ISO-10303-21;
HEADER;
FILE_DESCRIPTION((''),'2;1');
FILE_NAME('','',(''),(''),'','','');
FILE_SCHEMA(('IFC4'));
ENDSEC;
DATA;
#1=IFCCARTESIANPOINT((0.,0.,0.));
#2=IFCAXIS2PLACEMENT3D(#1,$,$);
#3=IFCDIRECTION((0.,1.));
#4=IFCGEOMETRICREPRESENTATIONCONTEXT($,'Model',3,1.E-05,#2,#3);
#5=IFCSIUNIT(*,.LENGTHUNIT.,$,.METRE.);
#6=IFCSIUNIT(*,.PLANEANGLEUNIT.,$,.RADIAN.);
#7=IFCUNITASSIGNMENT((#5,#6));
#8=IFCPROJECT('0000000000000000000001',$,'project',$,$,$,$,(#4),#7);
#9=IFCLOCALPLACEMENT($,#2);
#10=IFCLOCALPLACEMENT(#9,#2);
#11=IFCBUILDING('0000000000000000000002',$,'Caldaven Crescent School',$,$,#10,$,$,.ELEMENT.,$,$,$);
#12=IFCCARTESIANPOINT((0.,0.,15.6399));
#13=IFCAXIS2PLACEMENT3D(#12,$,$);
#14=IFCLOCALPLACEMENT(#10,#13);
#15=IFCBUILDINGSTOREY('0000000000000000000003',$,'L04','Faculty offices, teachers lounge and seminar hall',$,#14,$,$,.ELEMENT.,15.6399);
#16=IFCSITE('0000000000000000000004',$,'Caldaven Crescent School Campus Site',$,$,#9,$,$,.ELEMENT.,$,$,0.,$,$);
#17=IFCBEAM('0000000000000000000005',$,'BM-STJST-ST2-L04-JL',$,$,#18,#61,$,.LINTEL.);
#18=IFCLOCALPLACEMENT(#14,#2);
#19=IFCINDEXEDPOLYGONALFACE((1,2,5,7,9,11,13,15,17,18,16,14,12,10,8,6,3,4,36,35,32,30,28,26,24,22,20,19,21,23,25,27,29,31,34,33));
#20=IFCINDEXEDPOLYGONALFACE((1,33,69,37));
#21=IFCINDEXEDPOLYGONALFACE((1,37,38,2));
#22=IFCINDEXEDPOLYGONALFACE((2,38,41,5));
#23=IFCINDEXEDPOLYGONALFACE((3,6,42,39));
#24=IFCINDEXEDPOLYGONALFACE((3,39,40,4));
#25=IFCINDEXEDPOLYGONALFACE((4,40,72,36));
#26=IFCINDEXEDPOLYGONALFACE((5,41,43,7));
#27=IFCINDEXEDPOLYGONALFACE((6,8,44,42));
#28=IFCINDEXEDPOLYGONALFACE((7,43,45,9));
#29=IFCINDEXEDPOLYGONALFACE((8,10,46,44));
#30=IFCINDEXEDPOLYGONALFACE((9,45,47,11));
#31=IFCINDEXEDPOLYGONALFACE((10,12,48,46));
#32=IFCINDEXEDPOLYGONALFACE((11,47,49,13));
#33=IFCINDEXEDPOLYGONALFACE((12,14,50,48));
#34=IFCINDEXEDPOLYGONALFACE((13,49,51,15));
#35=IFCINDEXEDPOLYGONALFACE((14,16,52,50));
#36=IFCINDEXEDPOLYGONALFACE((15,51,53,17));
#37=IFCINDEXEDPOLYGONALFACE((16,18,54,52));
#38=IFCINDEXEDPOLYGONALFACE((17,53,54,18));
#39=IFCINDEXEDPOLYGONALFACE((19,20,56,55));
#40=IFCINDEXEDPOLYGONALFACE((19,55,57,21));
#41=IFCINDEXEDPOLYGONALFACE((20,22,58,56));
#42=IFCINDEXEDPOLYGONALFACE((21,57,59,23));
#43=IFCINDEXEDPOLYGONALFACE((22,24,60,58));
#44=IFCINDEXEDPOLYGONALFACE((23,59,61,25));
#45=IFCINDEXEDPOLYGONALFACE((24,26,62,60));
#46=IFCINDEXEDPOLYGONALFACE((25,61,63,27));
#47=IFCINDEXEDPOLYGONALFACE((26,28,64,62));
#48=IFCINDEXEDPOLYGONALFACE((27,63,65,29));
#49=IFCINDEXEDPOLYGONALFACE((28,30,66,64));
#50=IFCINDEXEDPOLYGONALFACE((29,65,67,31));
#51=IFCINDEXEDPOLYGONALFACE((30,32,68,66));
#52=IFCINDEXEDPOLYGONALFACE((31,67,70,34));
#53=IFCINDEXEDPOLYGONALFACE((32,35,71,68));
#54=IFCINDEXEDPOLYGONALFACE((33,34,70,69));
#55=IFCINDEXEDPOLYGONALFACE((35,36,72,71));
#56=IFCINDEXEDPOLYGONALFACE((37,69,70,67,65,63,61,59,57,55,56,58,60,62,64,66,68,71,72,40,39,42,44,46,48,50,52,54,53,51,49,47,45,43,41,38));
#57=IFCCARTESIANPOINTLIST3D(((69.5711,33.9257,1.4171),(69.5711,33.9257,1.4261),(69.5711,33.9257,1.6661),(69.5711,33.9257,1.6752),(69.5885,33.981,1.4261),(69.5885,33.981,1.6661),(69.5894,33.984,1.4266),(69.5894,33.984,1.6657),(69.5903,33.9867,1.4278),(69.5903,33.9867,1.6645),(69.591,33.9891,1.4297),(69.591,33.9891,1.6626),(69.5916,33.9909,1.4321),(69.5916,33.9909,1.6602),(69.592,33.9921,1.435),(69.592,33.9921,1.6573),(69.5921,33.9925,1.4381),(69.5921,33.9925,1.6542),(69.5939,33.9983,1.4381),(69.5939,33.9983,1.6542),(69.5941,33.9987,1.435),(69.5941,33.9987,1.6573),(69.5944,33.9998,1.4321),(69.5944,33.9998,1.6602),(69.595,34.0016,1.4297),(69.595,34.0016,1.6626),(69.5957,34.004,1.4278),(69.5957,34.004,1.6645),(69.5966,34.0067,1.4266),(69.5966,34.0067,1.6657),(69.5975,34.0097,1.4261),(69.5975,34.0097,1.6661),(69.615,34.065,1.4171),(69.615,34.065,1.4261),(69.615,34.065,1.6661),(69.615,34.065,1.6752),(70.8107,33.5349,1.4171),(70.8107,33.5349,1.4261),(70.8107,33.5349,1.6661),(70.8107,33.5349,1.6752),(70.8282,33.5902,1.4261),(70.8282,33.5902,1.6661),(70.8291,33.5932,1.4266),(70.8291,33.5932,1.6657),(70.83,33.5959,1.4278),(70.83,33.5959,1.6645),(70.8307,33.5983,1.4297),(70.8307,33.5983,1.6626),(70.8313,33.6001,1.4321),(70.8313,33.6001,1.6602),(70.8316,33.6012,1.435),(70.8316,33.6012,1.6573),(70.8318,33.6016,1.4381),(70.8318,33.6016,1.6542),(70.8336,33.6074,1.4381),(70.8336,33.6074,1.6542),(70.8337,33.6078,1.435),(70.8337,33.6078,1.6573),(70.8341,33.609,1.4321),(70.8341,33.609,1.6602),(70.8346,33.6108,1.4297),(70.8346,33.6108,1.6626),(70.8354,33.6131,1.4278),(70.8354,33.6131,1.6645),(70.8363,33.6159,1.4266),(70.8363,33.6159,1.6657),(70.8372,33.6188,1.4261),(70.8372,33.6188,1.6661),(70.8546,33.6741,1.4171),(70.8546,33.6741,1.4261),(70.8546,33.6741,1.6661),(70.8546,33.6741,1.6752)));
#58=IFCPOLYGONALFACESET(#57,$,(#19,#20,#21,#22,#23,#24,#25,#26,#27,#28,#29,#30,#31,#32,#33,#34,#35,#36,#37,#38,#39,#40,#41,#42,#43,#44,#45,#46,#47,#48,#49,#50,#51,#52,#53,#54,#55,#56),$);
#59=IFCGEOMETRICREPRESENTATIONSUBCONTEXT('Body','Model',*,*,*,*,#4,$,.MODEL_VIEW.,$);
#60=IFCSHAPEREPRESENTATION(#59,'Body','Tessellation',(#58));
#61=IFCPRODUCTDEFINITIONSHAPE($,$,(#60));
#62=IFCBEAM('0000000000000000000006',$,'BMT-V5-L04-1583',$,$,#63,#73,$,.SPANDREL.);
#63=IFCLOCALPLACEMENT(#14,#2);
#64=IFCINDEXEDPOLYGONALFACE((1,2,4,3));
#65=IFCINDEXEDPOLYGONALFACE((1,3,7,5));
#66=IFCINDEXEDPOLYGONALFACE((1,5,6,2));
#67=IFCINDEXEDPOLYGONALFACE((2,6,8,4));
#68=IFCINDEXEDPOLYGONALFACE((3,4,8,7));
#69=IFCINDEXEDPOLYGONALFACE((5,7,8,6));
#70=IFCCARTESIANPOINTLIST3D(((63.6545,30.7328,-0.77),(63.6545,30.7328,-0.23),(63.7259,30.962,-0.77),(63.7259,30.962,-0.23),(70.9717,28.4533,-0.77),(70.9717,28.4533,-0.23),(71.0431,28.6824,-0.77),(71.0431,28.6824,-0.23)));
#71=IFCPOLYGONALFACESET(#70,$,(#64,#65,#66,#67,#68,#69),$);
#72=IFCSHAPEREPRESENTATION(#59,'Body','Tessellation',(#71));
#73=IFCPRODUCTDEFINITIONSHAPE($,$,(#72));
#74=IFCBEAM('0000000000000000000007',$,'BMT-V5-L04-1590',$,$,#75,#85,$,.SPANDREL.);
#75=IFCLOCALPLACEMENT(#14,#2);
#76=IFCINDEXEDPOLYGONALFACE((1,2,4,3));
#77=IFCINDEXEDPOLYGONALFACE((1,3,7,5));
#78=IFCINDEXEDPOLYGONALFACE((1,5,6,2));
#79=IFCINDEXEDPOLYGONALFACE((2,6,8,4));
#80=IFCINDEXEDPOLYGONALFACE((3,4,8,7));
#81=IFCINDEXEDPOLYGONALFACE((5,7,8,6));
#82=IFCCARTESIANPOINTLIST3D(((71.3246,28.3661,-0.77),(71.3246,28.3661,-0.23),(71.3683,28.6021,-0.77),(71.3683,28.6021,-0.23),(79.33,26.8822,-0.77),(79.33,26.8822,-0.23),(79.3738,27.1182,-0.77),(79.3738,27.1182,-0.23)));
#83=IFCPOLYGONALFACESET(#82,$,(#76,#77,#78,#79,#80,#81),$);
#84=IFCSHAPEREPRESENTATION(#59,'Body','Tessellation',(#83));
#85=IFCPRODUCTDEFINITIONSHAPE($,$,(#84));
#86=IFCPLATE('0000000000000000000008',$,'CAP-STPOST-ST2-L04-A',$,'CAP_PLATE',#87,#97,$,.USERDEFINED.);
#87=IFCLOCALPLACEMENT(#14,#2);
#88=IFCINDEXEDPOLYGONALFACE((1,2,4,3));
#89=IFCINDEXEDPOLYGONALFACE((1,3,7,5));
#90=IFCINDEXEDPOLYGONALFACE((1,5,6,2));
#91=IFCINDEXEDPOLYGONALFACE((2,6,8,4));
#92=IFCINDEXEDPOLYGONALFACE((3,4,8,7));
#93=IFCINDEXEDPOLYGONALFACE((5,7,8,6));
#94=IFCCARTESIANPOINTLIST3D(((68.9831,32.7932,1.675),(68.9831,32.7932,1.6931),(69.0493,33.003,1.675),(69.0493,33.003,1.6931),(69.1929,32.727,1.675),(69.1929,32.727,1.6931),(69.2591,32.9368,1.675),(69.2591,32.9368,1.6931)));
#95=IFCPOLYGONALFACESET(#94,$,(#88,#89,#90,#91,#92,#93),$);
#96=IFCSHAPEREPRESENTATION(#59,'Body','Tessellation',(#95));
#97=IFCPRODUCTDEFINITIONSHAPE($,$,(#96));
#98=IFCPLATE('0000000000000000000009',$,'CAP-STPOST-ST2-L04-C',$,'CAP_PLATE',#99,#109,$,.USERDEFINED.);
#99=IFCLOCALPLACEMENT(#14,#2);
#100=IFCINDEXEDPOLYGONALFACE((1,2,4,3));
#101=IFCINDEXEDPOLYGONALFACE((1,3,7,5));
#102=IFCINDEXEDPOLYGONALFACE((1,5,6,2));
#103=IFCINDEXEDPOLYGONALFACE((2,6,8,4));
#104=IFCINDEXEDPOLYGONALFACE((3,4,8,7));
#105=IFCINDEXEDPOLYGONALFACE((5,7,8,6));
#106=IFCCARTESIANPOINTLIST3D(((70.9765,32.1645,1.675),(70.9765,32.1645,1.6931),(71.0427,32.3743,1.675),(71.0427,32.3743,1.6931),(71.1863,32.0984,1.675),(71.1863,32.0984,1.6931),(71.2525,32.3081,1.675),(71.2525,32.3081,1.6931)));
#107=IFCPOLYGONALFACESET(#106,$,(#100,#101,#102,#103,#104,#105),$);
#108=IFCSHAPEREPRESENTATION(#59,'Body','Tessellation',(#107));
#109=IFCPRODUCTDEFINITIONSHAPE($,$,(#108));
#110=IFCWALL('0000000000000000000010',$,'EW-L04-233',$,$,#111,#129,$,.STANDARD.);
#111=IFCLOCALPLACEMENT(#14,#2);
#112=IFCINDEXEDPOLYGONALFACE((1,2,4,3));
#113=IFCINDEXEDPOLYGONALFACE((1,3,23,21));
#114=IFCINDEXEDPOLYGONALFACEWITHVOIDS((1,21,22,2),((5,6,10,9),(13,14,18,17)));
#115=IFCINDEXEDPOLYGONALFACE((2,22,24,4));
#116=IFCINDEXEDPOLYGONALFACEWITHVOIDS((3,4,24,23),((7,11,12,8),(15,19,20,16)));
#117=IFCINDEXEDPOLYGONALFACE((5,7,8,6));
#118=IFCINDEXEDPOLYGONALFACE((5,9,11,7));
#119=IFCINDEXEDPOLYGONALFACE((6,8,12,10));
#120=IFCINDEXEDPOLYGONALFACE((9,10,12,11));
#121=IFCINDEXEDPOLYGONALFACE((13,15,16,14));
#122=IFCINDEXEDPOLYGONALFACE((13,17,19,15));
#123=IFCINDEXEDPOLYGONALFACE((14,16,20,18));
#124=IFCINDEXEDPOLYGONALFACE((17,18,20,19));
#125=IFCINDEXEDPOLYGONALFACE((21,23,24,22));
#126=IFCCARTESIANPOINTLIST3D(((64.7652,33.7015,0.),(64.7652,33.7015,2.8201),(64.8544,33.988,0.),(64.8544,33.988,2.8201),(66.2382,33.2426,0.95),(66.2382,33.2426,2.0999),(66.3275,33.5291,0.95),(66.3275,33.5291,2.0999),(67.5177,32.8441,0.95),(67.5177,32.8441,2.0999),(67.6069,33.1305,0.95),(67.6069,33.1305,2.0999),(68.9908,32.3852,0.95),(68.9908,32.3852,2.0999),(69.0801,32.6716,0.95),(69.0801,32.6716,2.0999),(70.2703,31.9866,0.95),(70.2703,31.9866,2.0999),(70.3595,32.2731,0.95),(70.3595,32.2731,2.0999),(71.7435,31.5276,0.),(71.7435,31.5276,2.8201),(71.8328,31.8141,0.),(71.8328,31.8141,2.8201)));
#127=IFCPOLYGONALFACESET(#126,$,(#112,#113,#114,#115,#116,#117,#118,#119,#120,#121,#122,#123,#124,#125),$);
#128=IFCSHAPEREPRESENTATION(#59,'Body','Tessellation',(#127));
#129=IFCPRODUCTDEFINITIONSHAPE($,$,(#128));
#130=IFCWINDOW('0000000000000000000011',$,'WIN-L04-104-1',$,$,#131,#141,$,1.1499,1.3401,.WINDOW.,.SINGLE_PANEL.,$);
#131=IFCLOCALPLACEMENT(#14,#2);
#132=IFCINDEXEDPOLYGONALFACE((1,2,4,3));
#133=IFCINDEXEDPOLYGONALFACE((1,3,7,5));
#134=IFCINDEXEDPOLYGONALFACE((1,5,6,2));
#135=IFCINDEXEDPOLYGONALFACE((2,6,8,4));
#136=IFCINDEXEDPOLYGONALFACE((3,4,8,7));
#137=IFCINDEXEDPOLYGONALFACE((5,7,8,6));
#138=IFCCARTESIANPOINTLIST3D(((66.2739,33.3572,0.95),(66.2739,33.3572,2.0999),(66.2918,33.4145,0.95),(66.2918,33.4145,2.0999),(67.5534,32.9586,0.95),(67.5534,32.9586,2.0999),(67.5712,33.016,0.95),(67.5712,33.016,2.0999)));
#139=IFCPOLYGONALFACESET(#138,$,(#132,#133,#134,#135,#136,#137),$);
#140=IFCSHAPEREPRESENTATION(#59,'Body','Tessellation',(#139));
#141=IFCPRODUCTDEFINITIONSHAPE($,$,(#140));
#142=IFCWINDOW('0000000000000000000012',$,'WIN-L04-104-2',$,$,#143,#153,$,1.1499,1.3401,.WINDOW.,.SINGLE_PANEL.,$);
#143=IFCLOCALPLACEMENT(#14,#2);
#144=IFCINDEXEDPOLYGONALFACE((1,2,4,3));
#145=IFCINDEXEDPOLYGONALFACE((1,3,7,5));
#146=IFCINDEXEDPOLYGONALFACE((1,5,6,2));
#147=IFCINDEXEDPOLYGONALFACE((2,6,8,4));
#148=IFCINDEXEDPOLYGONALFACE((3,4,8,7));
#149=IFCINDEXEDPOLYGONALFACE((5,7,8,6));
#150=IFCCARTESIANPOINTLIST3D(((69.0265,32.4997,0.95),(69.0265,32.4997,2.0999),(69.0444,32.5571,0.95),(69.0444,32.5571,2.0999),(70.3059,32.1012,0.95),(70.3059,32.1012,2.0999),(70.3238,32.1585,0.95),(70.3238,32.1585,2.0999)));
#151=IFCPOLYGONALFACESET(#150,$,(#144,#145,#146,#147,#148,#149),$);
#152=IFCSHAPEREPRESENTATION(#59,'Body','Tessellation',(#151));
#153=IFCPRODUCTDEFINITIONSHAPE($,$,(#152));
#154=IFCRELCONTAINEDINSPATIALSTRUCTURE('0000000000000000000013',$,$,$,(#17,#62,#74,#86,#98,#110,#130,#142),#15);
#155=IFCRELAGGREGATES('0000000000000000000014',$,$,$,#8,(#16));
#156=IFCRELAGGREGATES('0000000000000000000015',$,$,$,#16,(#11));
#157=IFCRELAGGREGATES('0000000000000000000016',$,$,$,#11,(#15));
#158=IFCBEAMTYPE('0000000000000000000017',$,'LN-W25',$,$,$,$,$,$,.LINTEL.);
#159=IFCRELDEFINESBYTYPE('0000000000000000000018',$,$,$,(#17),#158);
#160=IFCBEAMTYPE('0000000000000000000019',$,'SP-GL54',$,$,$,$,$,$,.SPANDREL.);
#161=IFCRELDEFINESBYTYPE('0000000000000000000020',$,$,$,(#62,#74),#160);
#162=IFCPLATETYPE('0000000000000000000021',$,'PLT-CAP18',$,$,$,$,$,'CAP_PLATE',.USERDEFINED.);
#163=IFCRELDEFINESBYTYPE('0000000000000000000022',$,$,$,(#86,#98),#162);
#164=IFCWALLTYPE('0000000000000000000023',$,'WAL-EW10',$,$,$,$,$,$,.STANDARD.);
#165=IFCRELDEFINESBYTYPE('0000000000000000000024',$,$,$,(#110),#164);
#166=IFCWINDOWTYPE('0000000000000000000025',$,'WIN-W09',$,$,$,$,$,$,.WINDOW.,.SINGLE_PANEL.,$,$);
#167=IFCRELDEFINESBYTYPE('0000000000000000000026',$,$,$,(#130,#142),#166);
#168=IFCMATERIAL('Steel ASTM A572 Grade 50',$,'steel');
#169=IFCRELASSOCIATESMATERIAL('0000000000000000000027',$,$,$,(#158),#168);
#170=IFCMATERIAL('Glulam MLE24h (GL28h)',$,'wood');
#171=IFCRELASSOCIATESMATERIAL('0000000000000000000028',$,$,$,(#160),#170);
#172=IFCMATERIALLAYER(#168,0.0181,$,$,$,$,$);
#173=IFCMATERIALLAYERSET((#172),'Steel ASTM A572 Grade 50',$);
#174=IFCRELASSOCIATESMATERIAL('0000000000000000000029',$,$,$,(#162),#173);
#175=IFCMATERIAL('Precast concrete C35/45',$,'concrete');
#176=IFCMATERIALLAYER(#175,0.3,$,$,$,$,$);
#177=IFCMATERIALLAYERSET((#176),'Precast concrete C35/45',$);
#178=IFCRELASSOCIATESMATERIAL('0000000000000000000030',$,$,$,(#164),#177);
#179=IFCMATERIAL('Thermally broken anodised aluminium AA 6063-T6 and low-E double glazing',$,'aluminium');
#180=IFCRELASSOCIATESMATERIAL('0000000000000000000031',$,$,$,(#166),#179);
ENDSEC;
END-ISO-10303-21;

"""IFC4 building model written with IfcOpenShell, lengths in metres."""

from ifc_helpers import new_model, si_unit, direction, frame, frame_2d, origin, origin_2d, place, context, subcontext, project, spatial, rectangle, i_section, extrude, material, layer, layer_set, material_profile, profile_set, type_object, element, fill, save


model = new_model("IFC4")

# Units and contexts
model_context = context("Model", 3, precision=1e-05, world=origin(), true_north=direction((0.0, 1.0)))
body_context = subcontext(model_context, "Body", "Model", "MODEL_VIEW")
ifc_project = project(units=[si_unit("LENGTHUNIT", "METRE"), si_unit("PLANEANGLEUNIT", "RADIAN")], contexts=[model_context])

# Site, building, storey
site_placement = place(None, origin())
site = spatial("IfcSite", under=ifc_project, at=site_placement, Name="Caldaven Crescent School Campus Site", CompositionType="ELEMENT", RefElevation=0.0)
building_placement = place(site_placement, origin())
building = spatial("IfcBuilding", under=site, at=building_placement, Name="Caldaven Crescent School", CompositionType="ELEMENT")
storey_placement = place(building_placement, frame((0.0, 0.0, 15.6399)))
storey = spatial("IfcBuildingStorey", under=building, at=storey_placement, Name="L04", Description="Faculty offices, teachers lounge and seminar hall", CompositionType="ELEMENT", Elevation=15.6399)

# Shared definitions
ifc_material_1 = material(Name="Glulam MLE24h (GL28h)", Category="wood")
ifc_material_2 = material(Name="Steel ASTM A572 Grade 50", Category="steel")

# Beams
ifc_material_profile_1 = material_profile(ifc_material_2, i_section(OverallWidth=0.146, OverallDepth=0.2581, WebThickness=0.0061, FlangeThickness=0.009, FilletRadius=0.012, at=origin_2d()), Name="W250x33")
ifc_profile_set_1 = profile_set([ifc_material_profile_1], Name="Steel ASTM A572 Grade 50")
beam_type_1 = type_object("IfcBeamType", Name="LN-W25", PredefinedType="LINTEL", material=ifc_profile_set_1)
beam_1_placement = place(storey_placement, frame((69.593, 33.9954, 1.5461), z_axis=(0.953722, -0.300691, 0.0), x_axis=(0.300691, 0.953722, 0.0)))
element("IfcBeam", 1, at=beam_1_placement, inside=storey, type_object=beam_type_1, Name="BM-STJST-ST2-L04-JL", PredefinedType="LINTEL", context=body_context, shape_type="SweptSolid", body=[
    extrude(i_section(OverallWidth=0.146, OverallDepth=0.2581, WebThickness=0.0061, FlangeThickness=0.009, FilletRadius=0.012, at=origin_2d()), origin(), (0.0, 0.0, 1.0), 1.2998),
])
ifc_material_profile_2 = material_profile(ifc_material_1, rectangle(XDim=0.24, YDim=0.54, at=origin_2d()), Name="MLE 240x540")
ifc_profile_set_2 = profile_set([ifc_material_profile_2], Name="Glulam MLE24h (GL28h)")
beam_type_2 = type_object("IfcBeamType", Name="SP-GL54", PredefinedType="SPANDREL", material=ifc_profile_set_2)
beam_2_placement = place(storey_placement, frame((63.6902, 30.8474, -0.5), z_axis=(0.954742, -0.297435, 0.0), x_axis=(0.297435, 0.954742, 0.0)))
element("IfcBeam", 2, at=beam_2_placement, inside=storey, type_object=beam_type_2, Name="BMT-V5-L04-1583", PredefinedType="SPANDREL", context=body_context, shape_type="SweptSolid", body=[
    extrude(rectangle(XDim=0.24, YDim=0.54, at=origin_2d()), origin(), (0.0, 0.0, 1.0), 7.6641),
])
beam_3_placement = place(storey_placement, frame((71.3464, 28.4841, -0.5), z_axis=(0.983251, -0.182257, 0.0), x_axis=(0.182257, 0.983251, 0.0)))
element("IfcBeam", 3, at=beam_3_placement, inside=storey, type_object=beam_type_2, Name="BMT-V5-L04-1590", PredefinedType="SPANDREL", context=body_context, shape_type="SweptSolid", body=[
    extrude(rectangle(XDim=0.24, YDim=0.54, at=origin_2d()), origin(), (0.0, 0.0, 1.0), 8.1418),
])

# Plates
ifc_layer_1 = layer(ifc_material_2, 0.0181)
ifc_layer_set_1 = layer_set([ifc_layer_1], Name="Steel ASTM A572 Grade 50")
plate_type = type_object("IfcPlateType", Name="PLT-CAP18", ElementType="CAP_PLATE", PredefinedType="USERDEFINED", material=ifc_layer_set_1)
for number, where, z_axis, x_axis, name in (
    (4, (69.1211, 32.865, 1.675), (0.0, 0.0, 1.0), (0.953717, -0.300706, 0.0), "CAP-STPOST-ST2-L04-A"),
    (5, (71.1145, 32.2363, 1.675), (0.0, 0.0, 1.0), (0.953717, -0.300706, 0.0), "CAP-STPOST-ST2-L04-C"),
):
    element("IfcPlate", number, at=place(storey_placement, frame(where, z_axis=z_axis, x_axis=x_axis)), inside=storey, type_object=plate_type, Name=name, ObjectType="CAP_PLATE", PredefinedType="USERDEFINED", context=body_context, shape_type="SweptSolid", body=[
        extrude(rectangle(XDim=0.22, YDim=0.22, at=origin_2d()), origin(), (0.0, 0.0, 1.0), 0.0181),
    ])

# Wall, openings, windows
ifc_material_3 = material(Name="Precast concrete C35/45", Category="concrete")
ifc_layer_2 = layer(ifc_material_3, 0.3)
ifc_layer_set_2 = layer_set([ifc_layer_2], Name="Precast concrete C35/45")
wall_type_1 = type_object("IfcWallType", Name="WAL-EW10", PredefinedType="STANDARD", material=ifc_layer_set_2)
wall_1_placement = place(storey_placement, frame((64.8098, 33.8447, 0.0), z_axis=(0.0, 0.0, 1.0), x_axis=(0.954748, -0.297417, 0.0)))
wall_1 = element("IfcWall", 6, at=wall_1_placement, inside=storey, type_object=wall_type_1, Name="EW-L04-233", PredefinedType="STANDARD", context=body_context, shape_type="SweptSolid", body=[
    extrude(rectangle(XDim=7.3091, YDim=0.3, at=frame_2d((3.6545, 0.0))), origin(), (0.0, 0.0, 1.0), 2.8201),
])
opening_1_placement = place(wall_1_placement, frame((1.543, 0.0, 0.95)))
opening_1 = element("IfcOpeningElement", 7, at=opening_1_placement, cuts=wall_1, PredefinedType="OPENING", context=body_context, shape_type="SweptSolid", body=[
    extrude(rectangle(XDim=1.3401, YDim=1.1499, at=frame_2d((0.6699, 0.575))), frame((0.0, 0.1599, 0.0), z_axis=(0.0, -1.0, 0.0), x_axis=(1.0, 0.0, 0.0)), (0.0, 0.0, 1.0), 0.3201),
])
opening_2_placement = place(wall_1_placement, frame((4.426, 0.0, 0.95)))
opening_2 = element("IfcOpeningElement", 8, at=opening_2_placement, cuts=wall_1, PredefinedType="OPENING", context=body_context, shape_type="SweptSolid", body=[
    extrude(rectangle(XDim=1.3401, YDim=1.1499, at=frame_2d((0.6699, 0.575))), frame((0.0, 0.1599, 0.0), z_axis=(0.0, -1.0, 0.0), x_axis=(1.0, 0.0, 0.0)), (0.0, 0.0, 1.0), 0.3201),
])
ifc_material_4 = material(Name="Thermally broken anodised aluminium AA 6063-T6 and low-E double glazing", Category="aluminium")
window_type_1 = type_object("IfcWindowType", Name="WIN-W09", PartitioningType="SINGLE_PANEL", PredefinedType="WINDOW", material=ifc_material_4)
window_1_placement = place(opening_1_placement, origin())
window_1 = element("IfcWindow", 9, at=window_1_placement, inside=storey, type_object=window_type_1, Name="WIN-L04-104-1", OverallHeight=1.1499, OverallWidth=1.3401, PartitioningType="SINGLE_PANEL", PredefinedType="WINDOW", context=body_context, shape_type="SweptSolid", body=[
    extrude(rectangle(XDim=1.3401, YDim=1.1499, at=frame_2d((0.6699, 0.575))), frame((0.0, 0.03, 0.0), z_axis=(0.0, -1.0, 0.0), x_axis=(1.0, 0.0, 0.0)), (0.0, 0.0, 1.0), 0.0601),
])
fill(opening_1, window_1)
window_2_placement = place(opening_2_placement, origin())
window_2 = element("IfcWindow", 10, at=window_2_placement, inside=storey, type_object=window_type_1, Name="WIN-L04-104-2", OverallHeight=1.1499, OverallWidth=1.3401, PartitioningType="SINGLE_PANEL", PredefinedType="WINDOW", context=body_context, shape_type="SweptSolid", body=[
    extrude(rectangle(XDim=1.3401, YDim=1.1499, at=frame_2d((0.6699, 0.575))), frame((0.0, 0.03, 0.0), z_axis=(0.0, -1.0, 0.0), x_axis=(1.0, 0.0, 0.0)), (0.0, 0.0, 1.0), 0.0601),
])
fill(opening_2, window_2)

save(model, "model.ifc")
